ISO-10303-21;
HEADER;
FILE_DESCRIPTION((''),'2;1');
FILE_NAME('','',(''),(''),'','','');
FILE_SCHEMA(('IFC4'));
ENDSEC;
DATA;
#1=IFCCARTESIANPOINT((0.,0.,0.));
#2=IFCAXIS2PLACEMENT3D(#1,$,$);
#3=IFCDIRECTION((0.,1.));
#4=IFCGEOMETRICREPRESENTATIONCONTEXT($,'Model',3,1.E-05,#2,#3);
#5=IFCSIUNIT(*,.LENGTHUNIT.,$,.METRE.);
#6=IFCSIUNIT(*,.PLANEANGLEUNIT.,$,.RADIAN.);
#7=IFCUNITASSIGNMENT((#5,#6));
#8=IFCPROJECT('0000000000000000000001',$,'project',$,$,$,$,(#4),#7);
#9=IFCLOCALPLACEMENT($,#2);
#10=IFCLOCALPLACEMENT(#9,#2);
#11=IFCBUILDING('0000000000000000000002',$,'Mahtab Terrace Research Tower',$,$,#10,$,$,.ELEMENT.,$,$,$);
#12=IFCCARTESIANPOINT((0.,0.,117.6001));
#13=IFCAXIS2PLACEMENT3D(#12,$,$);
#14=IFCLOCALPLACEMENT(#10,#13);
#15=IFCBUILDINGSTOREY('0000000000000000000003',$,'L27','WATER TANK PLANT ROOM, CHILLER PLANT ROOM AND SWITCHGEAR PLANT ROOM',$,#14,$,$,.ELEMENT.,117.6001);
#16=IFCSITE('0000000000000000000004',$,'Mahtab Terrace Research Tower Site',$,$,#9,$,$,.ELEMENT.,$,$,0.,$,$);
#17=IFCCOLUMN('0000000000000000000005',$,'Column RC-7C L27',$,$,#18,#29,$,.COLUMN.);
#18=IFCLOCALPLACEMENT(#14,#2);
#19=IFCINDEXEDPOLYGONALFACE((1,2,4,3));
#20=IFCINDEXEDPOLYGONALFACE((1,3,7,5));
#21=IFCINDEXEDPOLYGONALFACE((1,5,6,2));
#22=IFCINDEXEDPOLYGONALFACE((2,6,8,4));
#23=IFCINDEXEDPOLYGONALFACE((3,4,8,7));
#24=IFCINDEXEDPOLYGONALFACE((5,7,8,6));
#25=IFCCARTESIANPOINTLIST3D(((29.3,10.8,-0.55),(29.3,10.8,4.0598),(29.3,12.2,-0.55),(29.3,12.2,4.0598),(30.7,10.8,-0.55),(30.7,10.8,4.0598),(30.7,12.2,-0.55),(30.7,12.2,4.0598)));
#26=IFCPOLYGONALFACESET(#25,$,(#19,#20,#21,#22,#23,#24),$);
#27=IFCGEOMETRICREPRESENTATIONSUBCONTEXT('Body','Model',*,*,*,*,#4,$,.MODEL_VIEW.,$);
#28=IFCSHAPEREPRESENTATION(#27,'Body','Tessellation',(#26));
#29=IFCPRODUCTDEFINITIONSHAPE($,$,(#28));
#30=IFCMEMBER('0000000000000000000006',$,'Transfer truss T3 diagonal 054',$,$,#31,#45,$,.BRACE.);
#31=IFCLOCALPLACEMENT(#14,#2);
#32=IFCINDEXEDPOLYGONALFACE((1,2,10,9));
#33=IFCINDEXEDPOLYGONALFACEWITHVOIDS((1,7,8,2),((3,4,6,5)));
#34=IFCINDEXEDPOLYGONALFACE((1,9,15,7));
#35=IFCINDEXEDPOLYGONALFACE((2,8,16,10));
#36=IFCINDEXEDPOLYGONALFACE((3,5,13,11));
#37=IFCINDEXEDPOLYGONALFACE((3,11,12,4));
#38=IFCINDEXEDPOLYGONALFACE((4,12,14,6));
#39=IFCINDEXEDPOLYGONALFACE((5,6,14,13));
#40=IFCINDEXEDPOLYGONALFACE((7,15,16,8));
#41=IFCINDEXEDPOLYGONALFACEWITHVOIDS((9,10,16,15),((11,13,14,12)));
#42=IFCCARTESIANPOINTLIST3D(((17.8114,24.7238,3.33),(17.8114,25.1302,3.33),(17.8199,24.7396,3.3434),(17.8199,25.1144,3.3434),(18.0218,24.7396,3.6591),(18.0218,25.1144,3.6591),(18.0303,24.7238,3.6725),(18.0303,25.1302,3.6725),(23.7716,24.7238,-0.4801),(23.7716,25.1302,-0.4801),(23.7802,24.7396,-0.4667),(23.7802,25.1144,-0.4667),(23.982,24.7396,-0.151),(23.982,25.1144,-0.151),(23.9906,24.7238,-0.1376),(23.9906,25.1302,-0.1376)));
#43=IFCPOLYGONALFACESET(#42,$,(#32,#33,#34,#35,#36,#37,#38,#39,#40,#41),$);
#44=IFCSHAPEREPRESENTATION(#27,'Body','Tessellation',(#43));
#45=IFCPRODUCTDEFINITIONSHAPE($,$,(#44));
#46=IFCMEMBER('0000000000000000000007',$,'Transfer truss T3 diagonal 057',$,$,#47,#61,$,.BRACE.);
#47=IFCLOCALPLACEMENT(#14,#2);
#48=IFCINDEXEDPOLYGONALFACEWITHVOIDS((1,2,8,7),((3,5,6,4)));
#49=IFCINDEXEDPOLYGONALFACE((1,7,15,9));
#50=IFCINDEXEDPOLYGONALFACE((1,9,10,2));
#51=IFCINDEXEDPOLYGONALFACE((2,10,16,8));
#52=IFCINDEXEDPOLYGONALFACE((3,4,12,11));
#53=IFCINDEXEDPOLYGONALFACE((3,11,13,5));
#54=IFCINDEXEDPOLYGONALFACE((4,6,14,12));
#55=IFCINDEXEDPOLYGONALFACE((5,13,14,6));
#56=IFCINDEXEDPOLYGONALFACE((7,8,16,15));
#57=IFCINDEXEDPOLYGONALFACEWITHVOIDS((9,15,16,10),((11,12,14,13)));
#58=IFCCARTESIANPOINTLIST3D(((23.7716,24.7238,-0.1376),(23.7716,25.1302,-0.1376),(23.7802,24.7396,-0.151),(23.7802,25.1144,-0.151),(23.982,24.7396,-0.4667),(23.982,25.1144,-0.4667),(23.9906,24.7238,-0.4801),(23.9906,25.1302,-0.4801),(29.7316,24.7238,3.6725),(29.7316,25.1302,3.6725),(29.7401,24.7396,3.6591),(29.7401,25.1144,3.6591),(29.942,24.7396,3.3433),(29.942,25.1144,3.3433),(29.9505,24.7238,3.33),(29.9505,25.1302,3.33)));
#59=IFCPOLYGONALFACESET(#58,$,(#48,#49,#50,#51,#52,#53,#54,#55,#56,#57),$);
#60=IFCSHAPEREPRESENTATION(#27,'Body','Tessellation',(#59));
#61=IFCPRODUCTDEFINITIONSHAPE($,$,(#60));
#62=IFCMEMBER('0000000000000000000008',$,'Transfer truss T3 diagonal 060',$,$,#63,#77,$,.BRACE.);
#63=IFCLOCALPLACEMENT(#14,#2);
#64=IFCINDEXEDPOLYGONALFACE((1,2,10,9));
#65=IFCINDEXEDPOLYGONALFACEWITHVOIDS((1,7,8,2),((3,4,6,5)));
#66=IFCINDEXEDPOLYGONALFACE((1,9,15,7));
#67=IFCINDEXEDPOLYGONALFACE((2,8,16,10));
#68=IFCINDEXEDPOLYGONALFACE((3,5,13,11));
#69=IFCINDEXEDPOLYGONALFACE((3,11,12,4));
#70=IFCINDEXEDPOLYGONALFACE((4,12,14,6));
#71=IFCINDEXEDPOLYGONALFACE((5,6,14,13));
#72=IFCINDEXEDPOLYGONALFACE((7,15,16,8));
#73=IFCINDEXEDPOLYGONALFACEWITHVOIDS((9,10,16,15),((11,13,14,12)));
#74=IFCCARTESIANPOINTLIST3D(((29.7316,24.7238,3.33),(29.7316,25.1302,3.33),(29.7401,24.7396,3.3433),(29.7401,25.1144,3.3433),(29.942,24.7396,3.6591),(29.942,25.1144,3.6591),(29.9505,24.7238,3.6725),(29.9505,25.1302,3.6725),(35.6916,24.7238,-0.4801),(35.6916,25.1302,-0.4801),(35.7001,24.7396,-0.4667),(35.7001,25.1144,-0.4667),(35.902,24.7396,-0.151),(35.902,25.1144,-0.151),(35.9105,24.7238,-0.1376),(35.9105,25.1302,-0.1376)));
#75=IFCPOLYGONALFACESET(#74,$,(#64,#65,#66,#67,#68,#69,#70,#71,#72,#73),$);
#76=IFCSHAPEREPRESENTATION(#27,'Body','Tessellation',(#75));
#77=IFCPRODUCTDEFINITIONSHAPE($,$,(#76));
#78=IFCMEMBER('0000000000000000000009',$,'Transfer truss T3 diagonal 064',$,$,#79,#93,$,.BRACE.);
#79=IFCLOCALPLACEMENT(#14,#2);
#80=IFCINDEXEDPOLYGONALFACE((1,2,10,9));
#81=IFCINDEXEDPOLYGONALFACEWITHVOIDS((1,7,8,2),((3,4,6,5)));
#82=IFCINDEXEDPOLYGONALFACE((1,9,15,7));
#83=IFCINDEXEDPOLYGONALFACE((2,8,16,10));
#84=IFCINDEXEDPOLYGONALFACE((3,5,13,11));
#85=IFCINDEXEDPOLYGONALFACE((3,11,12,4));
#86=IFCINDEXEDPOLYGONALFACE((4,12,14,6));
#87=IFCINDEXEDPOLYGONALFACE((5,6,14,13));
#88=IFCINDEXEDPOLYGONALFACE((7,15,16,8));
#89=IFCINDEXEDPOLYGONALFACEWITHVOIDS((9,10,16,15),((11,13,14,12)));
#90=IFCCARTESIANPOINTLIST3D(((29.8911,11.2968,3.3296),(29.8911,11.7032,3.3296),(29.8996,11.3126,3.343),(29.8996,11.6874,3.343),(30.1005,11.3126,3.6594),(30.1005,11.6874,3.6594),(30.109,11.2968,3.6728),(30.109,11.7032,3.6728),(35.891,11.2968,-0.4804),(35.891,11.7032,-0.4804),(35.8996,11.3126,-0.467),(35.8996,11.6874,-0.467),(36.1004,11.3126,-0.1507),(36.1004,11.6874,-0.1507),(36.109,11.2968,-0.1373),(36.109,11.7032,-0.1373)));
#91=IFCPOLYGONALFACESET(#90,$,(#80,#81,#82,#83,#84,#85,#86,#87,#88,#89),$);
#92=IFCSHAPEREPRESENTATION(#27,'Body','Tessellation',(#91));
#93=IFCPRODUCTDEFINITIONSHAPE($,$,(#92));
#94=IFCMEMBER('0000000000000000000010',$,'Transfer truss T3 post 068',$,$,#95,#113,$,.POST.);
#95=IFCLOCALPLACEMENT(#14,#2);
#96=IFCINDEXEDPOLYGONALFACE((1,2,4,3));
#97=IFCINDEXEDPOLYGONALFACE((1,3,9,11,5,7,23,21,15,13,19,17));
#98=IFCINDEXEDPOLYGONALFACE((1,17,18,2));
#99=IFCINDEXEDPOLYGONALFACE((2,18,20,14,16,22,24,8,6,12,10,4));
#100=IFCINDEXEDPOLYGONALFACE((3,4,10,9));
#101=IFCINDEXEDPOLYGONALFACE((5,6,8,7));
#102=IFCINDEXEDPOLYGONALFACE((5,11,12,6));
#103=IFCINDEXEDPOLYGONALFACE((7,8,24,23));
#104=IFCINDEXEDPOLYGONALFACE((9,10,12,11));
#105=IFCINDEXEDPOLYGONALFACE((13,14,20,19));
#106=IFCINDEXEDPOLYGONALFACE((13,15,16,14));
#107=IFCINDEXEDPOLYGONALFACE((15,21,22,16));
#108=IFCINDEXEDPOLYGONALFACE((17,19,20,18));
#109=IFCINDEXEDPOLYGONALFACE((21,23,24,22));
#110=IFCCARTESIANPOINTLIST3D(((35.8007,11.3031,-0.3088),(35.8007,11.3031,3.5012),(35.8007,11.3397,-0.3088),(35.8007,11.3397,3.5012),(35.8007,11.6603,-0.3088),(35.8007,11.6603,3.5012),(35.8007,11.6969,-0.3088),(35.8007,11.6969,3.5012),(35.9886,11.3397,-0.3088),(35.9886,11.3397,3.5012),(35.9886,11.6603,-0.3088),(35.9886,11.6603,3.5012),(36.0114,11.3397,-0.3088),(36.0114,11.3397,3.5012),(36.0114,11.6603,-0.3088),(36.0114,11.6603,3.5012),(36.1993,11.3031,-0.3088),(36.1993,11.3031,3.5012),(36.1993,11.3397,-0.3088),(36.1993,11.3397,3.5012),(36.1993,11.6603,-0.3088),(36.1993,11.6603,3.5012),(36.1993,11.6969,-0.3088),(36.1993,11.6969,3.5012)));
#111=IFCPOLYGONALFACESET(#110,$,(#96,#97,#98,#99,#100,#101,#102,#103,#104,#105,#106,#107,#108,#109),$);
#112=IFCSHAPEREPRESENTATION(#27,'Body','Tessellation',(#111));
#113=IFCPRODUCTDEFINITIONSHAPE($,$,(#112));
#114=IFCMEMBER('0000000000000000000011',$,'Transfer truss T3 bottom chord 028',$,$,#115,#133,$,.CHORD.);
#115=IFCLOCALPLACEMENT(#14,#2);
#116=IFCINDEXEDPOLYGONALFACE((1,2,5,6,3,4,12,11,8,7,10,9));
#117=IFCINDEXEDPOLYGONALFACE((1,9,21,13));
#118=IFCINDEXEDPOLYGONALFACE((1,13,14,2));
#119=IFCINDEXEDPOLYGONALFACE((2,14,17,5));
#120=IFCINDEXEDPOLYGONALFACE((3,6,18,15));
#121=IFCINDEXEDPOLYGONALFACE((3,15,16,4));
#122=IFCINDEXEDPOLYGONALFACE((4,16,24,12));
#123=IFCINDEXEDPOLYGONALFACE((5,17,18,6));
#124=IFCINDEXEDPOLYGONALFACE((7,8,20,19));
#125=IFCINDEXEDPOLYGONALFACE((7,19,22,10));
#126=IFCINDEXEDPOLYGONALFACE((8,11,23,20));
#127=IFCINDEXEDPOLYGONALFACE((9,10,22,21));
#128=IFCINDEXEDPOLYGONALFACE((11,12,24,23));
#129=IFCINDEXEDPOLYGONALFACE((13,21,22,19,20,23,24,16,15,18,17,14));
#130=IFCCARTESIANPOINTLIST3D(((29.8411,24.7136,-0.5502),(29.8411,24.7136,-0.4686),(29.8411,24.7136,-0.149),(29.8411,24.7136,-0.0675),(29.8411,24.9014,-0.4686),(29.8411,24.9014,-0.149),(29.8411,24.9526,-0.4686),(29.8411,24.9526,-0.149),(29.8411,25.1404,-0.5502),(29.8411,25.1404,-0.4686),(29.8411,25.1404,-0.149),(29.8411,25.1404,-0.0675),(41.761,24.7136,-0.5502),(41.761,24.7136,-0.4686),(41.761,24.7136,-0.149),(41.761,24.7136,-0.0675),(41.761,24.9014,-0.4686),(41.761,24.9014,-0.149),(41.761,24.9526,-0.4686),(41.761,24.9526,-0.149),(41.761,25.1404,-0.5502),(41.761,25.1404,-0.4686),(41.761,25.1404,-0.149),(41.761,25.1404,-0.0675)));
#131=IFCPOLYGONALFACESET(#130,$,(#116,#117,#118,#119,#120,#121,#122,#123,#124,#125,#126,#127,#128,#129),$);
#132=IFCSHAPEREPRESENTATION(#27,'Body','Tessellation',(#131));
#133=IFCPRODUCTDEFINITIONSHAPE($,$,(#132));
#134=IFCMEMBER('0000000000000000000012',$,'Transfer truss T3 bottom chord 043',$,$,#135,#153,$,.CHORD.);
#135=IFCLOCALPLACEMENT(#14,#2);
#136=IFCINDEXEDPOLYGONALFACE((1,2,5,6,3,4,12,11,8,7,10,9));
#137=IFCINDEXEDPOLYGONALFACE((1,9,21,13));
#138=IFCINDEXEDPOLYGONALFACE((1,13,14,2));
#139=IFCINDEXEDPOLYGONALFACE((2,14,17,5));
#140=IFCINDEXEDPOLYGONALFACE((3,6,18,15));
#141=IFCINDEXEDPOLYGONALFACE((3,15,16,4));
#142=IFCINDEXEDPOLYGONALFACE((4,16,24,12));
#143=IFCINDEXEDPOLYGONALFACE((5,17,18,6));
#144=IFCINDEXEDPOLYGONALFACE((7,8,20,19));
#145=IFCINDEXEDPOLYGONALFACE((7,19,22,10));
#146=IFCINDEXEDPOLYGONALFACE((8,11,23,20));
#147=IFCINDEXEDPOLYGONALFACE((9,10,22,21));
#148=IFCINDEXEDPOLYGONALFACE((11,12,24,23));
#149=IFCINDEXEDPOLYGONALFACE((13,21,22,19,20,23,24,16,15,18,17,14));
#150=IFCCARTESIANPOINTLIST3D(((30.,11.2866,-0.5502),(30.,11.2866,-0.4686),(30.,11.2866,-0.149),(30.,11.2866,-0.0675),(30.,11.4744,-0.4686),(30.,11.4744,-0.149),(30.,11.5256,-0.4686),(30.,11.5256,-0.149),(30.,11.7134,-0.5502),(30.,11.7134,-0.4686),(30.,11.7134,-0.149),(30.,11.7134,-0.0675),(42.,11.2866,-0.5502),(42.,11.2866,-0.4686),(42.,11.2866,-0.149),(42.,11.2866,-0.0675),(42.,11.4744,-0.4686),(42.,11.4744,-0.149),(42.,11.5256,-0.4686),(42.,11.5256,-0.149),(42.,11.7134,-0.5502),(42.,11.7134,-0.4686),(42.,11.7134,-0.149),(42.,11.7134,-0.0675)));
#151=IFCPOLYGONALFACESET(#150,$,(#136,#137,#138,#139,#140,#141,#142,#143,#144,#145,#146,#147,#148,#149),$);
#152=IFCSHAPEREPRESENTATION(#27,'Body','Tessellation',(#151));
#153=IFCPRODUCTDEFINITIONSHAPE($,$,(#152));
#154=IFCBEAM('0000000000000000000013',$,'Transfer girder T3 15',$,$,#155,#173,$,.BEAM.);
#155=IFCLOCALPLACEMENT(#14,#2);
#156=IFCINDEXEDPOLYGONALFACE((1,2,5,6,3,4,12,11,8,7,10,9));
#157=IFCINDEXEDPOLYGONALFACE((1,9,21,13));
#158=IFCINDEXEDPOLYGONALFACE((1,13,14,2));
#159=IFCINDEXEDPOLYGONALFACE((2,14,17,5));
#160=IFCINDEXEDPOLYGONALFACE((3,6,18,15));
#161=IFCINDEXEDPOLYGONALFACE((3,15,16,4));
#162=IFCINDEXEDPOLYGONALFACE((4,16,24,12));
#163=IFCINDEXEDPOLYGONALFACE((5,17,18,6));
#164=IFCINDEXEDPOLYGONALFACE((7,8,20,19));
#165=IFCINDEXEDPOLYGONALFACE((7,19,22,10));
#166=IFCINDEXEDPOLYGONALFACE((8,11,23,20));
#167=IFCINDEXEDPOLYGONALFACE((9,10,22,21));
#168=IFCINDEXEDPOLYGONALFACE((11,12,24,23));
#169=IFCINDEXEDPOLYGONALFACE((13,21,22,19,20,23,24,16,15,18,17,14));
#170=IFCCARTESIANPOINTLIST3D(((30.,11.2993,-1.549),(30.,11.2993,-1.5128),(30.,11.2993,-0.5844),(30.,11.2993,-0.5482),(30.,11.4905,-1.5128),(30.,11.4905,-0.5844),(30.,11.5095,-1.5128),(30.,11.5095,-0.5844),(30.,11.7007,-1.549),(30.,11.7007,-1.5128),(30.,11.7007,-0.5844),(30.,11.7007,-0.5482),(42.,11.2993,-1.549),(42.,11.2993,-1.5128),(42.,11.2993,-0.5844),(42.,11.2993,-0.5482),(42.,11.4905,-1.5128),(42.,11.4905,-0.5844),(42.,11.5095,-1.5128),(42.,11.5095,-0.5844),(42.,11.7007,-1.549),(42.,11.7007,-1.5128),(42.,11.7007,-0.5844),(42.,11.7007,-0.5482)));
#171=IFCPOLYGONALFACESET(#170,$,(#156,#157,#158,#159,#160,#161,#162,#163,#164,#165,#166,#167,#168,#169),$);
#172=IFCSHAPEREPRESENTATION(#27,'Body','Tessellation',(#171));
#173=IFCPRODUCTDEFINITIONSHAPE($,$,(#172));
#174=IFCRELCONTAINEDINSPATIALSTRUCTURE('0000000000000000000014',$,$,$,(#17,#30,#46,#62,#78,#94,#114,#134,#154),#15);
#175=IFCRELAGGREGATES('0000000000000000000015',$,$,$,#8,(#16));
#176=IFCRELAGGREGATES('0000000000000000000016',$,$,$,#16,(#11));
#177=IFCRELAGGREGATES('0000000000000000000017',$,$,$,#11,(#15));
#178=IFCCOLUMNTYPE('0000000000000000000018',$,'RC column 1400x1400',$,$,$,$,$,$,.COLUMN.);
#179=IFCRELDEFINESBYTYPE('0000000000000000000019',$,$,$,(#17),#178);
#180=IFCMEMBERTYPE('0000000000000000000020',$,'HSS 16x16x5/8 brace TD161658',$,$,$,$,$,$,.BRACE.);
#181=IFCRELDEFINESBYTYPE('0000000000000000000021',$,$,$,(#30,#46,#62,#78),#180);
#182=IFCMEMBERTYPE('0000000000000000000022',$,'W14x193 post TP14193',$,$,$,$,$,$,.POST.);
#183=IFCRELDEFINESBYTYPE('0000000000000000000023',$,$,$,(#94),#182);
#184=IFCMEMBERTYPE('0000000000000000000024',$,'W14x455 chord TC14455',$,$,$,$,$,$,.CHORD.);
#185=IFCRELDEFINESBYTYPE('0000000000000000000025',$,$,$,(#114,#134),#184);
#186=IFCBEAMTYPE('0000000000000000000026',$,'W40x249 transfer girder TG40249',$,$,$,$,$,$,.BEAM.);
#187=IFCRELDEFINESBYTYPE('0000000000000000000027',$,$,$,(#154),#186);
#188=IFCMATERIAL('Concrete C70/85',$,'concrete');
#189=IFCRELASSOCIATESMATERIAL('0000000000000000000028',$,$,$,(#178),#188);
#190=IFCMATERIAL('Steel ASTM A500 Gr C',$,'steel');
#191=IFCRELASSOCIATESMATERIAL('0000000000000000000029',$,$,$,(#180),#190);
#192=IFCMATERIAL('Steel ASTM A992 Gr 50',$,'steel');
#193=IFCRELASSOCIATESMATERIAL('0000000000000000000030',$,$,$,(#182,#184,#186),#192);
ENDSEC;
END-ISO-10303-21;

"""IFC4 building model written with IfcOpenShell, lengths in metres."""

from ifc_helpers import new_model, si_unit, direction, frame, origin, origin_2d, place, context, subcontext, project, spatial, rectangle, hollow_rectangle, i_section, extrude, material, material_profile, profile_set, type_object, element, save


model = new_model("IFC4")

# Units and contexts
model_context = context("Model", 3, precision=1e-05, world=origin(), true_north=direction((0.0, 1.0)))
body_context = subcontext(model_context, "Body", "Model", "MODEL_VIEW")
ifc_project = project(units=[si_unit("LENGTHUNIT", "METRE"), si_unit("PLANEANGLEUNIT", "RADIAN")], contexts=[model_context])

# Site, building, storey
site_placement = place(None, origin())
site = spatial("IfcSite", under=ifc_project, at=site_placement, Name="Mahtab Terrace Research Tower Site", CompositionType="ELEMENT", RefElevation=0.0)
building_placement = place(site_placement, origin())
building = spatial("IfcBuilding", under=site, at=building_placement, Name="Mahtab Terrace Research Tower", CompositionType="ELEMENT")
storey_placement = place(building_placement, frame((0.0, 0.0, 117.6001)))
storey = spatial("IfcBuildingStorey", under=building, at=storey_placement, Name="L27", Description="WATER TANK PLANT ROOM, CHILLER PLANT ROOM AND SWITCHGEAR PLANT ROOM", CompositionType="ELEMENT", Elevation=117.6001)

# Column
ifc_material_1 = material(Name="Concrete C70/85", Category="concrete")
ifc_material_profile_1 = material_profile(ifc_material_1, rectangle(XDim=1.3999, YDim=1.3999, at=origin_2d()), Name="RC column 1400x1400")
ifc_profile_set_1 = profile_set([ifc_material_profile_1], Name="Concrete C70/85")
column_type = type_object("IfcColumnType", Name="RC column 1400x1400", PredefinedType="COLUMN", material=ifc_profile_set_1)
column_placement = place(storey_placement, frame((30.0, 11.5, -0.55), z_axis=(0.0, 0.0, 1.0), x_axis=(1.0, 0.0, 0.0)))
element("IfcColumn", 1, at=column_placement, inside=storey, type_object=column_type, Name="Column RC-7C L27", PredefinedType="COLUMN", context=body_context, shape_type="SweptSolid", body=[
    extrude(rectangle(XDim=1.3999, YDim=1.3999, at=origin_2d()), origin(), (0.0, 0.0, 1.0), 4.6099),
])

# Members
ifc_material_2 = material(Name="Steel ASTM A500 Gr C", Category="steel")
ifc_material_profile_2 = material_profile(ifc_material_2, hollow_rectangle(XDim=0.4065, YDim=0.4065, WallThickness=0.0159, at=origin_2d()), Name="HSS16X16X5/8")
ifc_profile_set_2 = profile_set([ifc_material_profile_2], Name="Steel ASTM A500 Gr C")
member_type_1 = type_object("IfcMemberType", Name="HSS 16x16x5/8 brace TD161658", PredefinedType="BRACE", material=ifc_profile_set_2)
member_1_placement = place(storey_placement, frame((23.8811, 24.927, -0.3088), z_axis=(-0.842558, 0.0, 0.538605), x_axis=(0.0, -1.0, 0.0)))
element("IfcMember", 2, at=member_1_placement, inside=storey, type_object=member_type_1, Name="Transfer truss T3 diagonal 054", PredefinedType="BRACE", context=body_context, shape_type="SweptSolid", body=[
    extrude(hollow_rectangle(XDim=0.4065, YDim=0.4065, WallThickness=0.0159, at=origin_2d()), origin(), (0.0, 0.0, 1.0), 7.074),
])
for number, where, z_axis, x_axis, name in (
    (3, (23.8811, 24.927, -0.3088), (0.842548, 0.0, 0.538621), (0.0, 1.0, 0.0), "Transfer truss T3 diagonal 057"),
    (4, (35.801, 24.927, -0.3088), (-0.842548, 0.0, 0.538621), (0.0, -1.0, 0.0), "Transfer truss T3 diagonal 060"),
):
    element("IfcMember", number, at=place(storey_placement, frame(where, z_axis=z_axis, x_axis=x_axis)), inside=storey, type_object=member_type_1, Name=name, PredefinedType="BRACE", context=body_context, shape_type="SweptSolid", body=[
        extrude(hollow_rectangle(XDim=0.4065, YDim=0.4065, WallThickness=0.0159, at=origin_2d()), origin(), (0.0, 0.0, 1.0), 7.0737),
    ])
member_2_placement = place(storey_placement, frame((36.0, 11.5, -0.3088), z_axis=(-0.844179, 0.0, 0.536062), x_axis=(0.0, -1.0, 0.0)))
element("IfcMember", 5, at=member_2_placement, inside=storey, type_object=member_type_1, Name="Transfer truss T3 diagonal 064", PredefinedType="BRACE", context=body_context, shape_type="SweptSolid", body=[
    extrude(hollow_rectangle(XDim=0.4065, YDim=0.4065, WallThickness=0.0159, at=origin_2d()), origin(), (0.0, 0.0, 1.0), 7.1074),
])
ifc_material_3 = material(Name="Steel ASTM A992 Gr 50", Category="steel")
ifc_material_profile_3 = material_profile(ifc_material_3, i_section(OverallWidth=0.3987, OverallDepth=0.3938, WebThickness=0.0227, FlangeThickness=0.0366, at=origin_2d()), Name="W14X193")
ifc_profile_set_3 = profile_set([ifc_material_profile_3], Name="Steel ASTM A992 Gr 50")
member_type_2 = type_object("IfcMemberType", Name="W14x193 post TP14193", PredefinedType="POST", material=ifc_profile_set_3)
member_3_placement = place(storey_placement, frame((36.0, 11.5, -0.3088), z_axis=(0.0, 0.0, 1.0), x_axis=(1.0, 0.0, 0.0)))
element("IfcMember", 6, at=member_3_placement, inside=storey, type_object=member_type_2, Name="Transfer truss T3 post 068", PredefinedType="POST", context=body_context, shape_type="SweptSolid", body=[
    extrude(i_section(OverallWidth=0.3987, OverallDepth=0.3938, WebThickness=0.0227, FlangeThickness=0.0366, at=origin_2d()), origin(), (0.0, 0.0, 1.0), 3.8101),
])
ifc_material_profile_4 = material_profile(ifc_material_3, i_section(OverallWidth=0.4268, OverallDepth=0.4827, WebThickness=0.0513, FlangeThickness=0.0815, at=origin_2d()), Name="W14X455")
ifc_profile_set_4 = profile_set([ifc_material_profile_4], Name="Steel ASTM A992 Gr 50")
member_type_3 = type_object("IfcMemberType", Name="W14x455 chord TC14455", PredefinedType="CHORD", material=ifc_profile_set_4)
member_4_placement = place(storey_placement, frame((29.8411, 24.927, -0.3088), z_axis=(1.0, 0.0, 0.0), x_axis=(0.0, 1.0, 0.0)))
element("IfcMember", 7, at=member_4_placement, inside=storey, type_object=member_type_3, Name="Transfer truss T3 bottom chord 028", PredefinedType="CHORD", context=body_context, shape_type="SweptSolid", body=[
    extrude(i_section(OverallWidth=0.4268, OverallDepth=0.4827, WebThickness=0.0513, FlangeThickness=0.0815, at=origin_2d()), origin(), (0.0, 0.0, 1.0), 11.9199),
])
member_5_placement = place(storey_placement, frame((30.0, 11.5, -0.3088), z_axis=(1.0, 0.0, 0.0), x_axis=(0.0, 1.0, 0.0)))
element("IfcMember", 8, at=member_5_placement, inside=storey, type_object=member_type_3, Name="Transfer truss T3 bottom chord 043", PredefinedType="CHORD", context=body_context, shape_type="SweptSolid", body=[
    extrude(i_section(OverallWidth=0.4268, OverallDepth=0.4827, WebThickness=0.0513, FlangeThickness=0.0815, at=origin_2d()), origin(), (0.0, 0.0, 1.0), 12.0),
])

# Beam
ifc_material_profile_5 = material_profile(ifc_material_3, i_section(OverallWidth=0.4014, OverallDepth=1.0007, WebThickness=0.019, FlangeThickness=0.0361, at=origin_2d()), Name="W40X249")
ifc_profile_set_5 = profile_set([ifc_material_profile_5], Name="Steel ASTM A992 Gr 50")
beam_type = type_object("IfcBeamType", Name="W40x249 transfer girder TG40249", PredefinedType="BEAM", material=ifc_profile_set_5)
beam_placement = place(storey_placement, frame((30.0, 11.5, -1.0486), z_axis=(1.0, 0.0, 0.0), x_axis=(0.0, 1.0, 0.0)))
element("IfcBeam", 9, at=beam_placement, inside=storey, type_object=beam_type, Name="Transfer girder T3 15", PredefinedType="BEAM", context=body_context, shape_type="SweptSolid", body=[
    extrude(i_section(OverallWidth=0.4014, OverallDepth=1.0007, WebThickness=0.019, FlangeThickness=0.0361, at=origin_2d()), origin(), (0.0, 0.0, 1.0), 12.0),
])

save(model, "model.ifc")
